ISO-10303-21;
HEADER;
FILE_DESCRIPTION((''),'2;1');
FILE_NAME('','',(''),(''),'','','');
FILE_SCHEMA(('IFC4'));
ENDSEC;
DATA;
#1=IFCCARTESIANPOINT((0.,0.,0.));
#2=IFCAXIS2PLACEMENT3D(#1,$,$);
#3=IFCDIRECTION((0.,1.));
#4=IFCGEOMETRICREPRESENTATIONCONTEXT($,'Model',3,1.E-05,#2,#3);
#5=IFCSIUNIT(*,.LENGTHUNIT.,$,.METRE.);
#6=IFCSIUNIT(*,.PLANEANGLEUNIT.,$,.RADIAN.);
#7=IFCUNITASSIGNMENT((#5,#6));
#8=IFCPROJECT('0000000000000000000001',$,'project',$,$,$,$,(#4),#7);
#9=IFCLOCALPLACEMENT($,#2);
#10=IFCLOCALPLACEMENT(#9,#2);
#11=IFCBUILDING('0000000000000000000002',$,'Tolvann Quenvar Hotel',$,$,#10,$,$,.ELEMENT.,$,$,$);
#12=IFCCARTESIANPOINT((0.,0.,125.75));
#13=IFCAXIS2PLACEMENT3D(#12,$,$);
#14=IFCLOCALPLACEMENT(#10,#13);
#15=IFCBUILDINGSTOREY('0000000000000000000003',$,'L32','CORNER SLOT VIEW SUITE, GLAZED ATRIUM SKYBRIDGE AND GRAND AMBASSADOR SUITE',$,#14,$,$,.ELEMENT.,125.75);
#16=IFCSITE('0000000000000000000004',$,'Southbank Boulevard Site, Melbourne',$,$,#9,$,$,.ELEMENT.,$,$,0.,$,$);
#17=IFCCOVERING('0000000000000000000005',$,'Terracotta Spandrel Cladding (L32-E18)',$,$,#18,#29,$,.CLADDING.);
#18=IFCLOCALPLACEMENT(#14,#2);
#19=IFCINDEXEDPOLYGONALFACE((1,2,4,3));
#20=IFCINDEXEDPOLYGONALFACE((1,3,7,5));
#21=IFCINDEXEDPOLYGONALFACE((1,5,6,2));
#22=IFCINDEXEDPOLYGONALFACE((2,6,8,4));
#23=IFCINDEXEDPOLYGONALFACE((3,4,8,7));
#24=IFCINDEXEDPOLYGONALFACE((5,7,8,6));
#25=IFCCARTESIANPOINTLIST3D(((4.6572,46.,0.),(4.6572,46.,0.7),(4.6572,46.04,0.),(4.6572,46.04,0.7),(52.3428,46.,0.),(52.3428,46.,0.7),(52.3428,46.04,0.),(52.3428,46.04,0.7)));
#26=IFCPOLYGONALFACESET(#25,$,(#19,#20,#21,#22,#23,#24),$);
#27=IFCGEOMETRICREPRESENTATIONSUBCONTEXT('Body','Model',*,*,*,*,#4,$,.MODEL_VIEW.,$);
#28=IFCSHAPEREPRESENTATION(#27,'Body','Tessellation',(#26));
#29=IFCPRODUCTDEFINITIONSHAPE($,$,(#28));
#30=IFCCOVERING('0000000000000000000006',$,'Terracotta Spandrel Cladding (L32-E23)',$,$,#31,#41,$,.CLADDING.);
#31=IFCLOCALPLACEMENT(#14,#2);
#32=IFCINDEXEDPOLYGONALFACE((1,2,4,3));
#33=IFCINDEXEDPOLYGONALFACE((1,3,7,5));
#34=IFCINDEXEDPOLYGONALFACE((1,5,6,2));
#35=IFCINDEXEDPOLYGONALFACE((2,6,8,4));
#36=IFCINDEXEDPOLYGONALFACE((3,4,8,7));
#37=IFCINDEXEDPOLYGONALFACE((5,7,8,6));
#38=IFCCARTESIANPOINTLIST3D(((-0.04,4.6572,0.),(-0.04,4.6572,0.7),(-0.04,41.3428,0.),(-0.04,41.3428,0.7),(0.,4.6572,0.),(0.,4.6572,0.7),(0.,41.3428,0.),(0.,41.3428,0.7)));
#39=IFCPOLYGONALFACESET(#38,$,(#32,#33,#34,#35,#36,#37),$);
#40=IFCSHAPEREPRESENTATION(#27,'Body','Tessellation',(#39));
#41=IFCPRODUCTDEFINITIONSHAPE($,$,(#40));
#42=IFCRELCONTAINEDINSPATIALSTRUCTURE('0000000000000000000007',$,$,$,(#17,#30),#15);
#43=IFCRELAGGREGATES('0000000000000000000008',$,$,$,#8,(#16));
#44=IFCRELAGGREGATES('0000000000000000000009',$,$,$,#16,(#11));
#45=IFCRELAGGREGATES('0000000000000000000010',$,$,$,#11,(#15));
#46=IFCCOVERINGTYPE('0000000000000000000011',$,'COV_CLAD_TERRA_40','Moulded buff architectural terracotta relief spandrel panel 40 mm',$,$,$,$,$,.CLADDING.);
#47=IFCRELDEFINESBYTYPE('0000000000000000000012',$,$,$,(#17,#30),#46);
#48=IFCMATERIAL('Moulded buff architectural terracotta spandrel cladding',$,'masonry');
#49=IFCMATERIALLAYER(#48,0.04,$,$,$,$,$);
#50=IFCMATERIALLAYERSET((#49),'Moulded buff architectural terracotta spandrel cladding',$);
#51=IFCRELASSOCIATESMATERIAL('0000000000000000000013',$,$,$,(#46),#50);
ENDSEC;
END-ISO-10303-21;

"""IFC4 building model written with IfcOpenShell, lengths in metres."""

from ifc_helpers import new_model, si_unit, direction, frame, origin, place, context, subcontext, project, spatial, polyline, outline, extrude, material, layer, layer_set, type_object, element, save


model = new_model("IFC4")

# Units and contexts
model_context = context("Model", 3, precision=1e-05, world=origin(), true_north=direction((0.0, 1.0)))
body_context = subcontext(model_context, "Body", "Model", "MODEL_VIEW")
ifc_project = project(units=[si_unit("LENGTHUNIT", "METRE"), si_unit("PLANEANGLEUNIT", "RADIAN")], contexts=[model_context])

# Site, building, storey
site_placement = place(None, origin())
site = spatial("IfcSite", under=ifc_project, at=site_placement, Name="Southbank Boulevard Site, Melbourne", CompositionType="ELEMENT", RefElevation=0.0)
building_placement = place(site_placement, origin())
building = spatial("IfcBuilding", under=site, at=building_placement, Name="Tolvann Quenvar Hotel", CompositionType="ELEMENT")
storey_placement = place(building_placement, frame((0.0, 0.0, 125.75)))
storey = spatial("IfcBuildingStorey", under=building, at=storey_placement, Name="L32", Description="CORNER SLOT VIEW SUITE, GLAZED ATRIUM SKYBRIDGE AND GRAND AMBASSADOR SUITE", CompositionType="ELEMENT", Elevation=125.75)

# Coverings
ifc_material_1 = material(Name="Moulded buff architectural terracotta spandrel cladding", Category="masonry")
ifc_layer_1 = layer(ifc_material_1, 0.04)
ifc_layer_set_1 = layer_set([ifc_layer_1], Name="Moulded buff architectural terracotta spandrel cladding")
covering_type_1 = type_object("IfcCoveringType", Name="COV_CLAD_TERRA_40", Description="Moulded buff architectural terracotta relief spandrel panel 40 mm", PredefinedType="CLADDING", material=ifc_layer_set_1)
covering_1_placement = place(storey_placement, origin())
element("IfcCovering", 1, at=covering_1_placement, inside=storey, type_object=covering_type_1, Name="Terracotta Spandrel Cladding (L32-E18)", PredefinedType="CLADDING", context=body_context, shape_type="SweptSolid", body=[
    extrude(outline(polyline([(52.3428, 46.0), (4.6572, 46.0), (4.6572, 46.04), (52.3428, 46.04), (52.3428, 46.0)])), origin(), (0.0, 0.0, 1.0), 0.7),
])
covering_2_placement = place(storey_placement, origin())
element("IfcCovering", 2, at=covering_2_placement, inside=storey, type_object=covering_type_1, Name="Terracotta Spandrel Cladding (L32-E23)", PredefinedType="CLADDING", context=body_context, shape_type="SweptSolid", body=[
    extrude(outline(polyline([(0.0, 41.3428), (0.0, 4.6572), (-0.04, 4.6572), (-0.04, 41.3428), (0.0, 41.3428)])), origin(), (0.0, 0.0, 1.0), 0.7),
])

save(model, "model.ifc")
